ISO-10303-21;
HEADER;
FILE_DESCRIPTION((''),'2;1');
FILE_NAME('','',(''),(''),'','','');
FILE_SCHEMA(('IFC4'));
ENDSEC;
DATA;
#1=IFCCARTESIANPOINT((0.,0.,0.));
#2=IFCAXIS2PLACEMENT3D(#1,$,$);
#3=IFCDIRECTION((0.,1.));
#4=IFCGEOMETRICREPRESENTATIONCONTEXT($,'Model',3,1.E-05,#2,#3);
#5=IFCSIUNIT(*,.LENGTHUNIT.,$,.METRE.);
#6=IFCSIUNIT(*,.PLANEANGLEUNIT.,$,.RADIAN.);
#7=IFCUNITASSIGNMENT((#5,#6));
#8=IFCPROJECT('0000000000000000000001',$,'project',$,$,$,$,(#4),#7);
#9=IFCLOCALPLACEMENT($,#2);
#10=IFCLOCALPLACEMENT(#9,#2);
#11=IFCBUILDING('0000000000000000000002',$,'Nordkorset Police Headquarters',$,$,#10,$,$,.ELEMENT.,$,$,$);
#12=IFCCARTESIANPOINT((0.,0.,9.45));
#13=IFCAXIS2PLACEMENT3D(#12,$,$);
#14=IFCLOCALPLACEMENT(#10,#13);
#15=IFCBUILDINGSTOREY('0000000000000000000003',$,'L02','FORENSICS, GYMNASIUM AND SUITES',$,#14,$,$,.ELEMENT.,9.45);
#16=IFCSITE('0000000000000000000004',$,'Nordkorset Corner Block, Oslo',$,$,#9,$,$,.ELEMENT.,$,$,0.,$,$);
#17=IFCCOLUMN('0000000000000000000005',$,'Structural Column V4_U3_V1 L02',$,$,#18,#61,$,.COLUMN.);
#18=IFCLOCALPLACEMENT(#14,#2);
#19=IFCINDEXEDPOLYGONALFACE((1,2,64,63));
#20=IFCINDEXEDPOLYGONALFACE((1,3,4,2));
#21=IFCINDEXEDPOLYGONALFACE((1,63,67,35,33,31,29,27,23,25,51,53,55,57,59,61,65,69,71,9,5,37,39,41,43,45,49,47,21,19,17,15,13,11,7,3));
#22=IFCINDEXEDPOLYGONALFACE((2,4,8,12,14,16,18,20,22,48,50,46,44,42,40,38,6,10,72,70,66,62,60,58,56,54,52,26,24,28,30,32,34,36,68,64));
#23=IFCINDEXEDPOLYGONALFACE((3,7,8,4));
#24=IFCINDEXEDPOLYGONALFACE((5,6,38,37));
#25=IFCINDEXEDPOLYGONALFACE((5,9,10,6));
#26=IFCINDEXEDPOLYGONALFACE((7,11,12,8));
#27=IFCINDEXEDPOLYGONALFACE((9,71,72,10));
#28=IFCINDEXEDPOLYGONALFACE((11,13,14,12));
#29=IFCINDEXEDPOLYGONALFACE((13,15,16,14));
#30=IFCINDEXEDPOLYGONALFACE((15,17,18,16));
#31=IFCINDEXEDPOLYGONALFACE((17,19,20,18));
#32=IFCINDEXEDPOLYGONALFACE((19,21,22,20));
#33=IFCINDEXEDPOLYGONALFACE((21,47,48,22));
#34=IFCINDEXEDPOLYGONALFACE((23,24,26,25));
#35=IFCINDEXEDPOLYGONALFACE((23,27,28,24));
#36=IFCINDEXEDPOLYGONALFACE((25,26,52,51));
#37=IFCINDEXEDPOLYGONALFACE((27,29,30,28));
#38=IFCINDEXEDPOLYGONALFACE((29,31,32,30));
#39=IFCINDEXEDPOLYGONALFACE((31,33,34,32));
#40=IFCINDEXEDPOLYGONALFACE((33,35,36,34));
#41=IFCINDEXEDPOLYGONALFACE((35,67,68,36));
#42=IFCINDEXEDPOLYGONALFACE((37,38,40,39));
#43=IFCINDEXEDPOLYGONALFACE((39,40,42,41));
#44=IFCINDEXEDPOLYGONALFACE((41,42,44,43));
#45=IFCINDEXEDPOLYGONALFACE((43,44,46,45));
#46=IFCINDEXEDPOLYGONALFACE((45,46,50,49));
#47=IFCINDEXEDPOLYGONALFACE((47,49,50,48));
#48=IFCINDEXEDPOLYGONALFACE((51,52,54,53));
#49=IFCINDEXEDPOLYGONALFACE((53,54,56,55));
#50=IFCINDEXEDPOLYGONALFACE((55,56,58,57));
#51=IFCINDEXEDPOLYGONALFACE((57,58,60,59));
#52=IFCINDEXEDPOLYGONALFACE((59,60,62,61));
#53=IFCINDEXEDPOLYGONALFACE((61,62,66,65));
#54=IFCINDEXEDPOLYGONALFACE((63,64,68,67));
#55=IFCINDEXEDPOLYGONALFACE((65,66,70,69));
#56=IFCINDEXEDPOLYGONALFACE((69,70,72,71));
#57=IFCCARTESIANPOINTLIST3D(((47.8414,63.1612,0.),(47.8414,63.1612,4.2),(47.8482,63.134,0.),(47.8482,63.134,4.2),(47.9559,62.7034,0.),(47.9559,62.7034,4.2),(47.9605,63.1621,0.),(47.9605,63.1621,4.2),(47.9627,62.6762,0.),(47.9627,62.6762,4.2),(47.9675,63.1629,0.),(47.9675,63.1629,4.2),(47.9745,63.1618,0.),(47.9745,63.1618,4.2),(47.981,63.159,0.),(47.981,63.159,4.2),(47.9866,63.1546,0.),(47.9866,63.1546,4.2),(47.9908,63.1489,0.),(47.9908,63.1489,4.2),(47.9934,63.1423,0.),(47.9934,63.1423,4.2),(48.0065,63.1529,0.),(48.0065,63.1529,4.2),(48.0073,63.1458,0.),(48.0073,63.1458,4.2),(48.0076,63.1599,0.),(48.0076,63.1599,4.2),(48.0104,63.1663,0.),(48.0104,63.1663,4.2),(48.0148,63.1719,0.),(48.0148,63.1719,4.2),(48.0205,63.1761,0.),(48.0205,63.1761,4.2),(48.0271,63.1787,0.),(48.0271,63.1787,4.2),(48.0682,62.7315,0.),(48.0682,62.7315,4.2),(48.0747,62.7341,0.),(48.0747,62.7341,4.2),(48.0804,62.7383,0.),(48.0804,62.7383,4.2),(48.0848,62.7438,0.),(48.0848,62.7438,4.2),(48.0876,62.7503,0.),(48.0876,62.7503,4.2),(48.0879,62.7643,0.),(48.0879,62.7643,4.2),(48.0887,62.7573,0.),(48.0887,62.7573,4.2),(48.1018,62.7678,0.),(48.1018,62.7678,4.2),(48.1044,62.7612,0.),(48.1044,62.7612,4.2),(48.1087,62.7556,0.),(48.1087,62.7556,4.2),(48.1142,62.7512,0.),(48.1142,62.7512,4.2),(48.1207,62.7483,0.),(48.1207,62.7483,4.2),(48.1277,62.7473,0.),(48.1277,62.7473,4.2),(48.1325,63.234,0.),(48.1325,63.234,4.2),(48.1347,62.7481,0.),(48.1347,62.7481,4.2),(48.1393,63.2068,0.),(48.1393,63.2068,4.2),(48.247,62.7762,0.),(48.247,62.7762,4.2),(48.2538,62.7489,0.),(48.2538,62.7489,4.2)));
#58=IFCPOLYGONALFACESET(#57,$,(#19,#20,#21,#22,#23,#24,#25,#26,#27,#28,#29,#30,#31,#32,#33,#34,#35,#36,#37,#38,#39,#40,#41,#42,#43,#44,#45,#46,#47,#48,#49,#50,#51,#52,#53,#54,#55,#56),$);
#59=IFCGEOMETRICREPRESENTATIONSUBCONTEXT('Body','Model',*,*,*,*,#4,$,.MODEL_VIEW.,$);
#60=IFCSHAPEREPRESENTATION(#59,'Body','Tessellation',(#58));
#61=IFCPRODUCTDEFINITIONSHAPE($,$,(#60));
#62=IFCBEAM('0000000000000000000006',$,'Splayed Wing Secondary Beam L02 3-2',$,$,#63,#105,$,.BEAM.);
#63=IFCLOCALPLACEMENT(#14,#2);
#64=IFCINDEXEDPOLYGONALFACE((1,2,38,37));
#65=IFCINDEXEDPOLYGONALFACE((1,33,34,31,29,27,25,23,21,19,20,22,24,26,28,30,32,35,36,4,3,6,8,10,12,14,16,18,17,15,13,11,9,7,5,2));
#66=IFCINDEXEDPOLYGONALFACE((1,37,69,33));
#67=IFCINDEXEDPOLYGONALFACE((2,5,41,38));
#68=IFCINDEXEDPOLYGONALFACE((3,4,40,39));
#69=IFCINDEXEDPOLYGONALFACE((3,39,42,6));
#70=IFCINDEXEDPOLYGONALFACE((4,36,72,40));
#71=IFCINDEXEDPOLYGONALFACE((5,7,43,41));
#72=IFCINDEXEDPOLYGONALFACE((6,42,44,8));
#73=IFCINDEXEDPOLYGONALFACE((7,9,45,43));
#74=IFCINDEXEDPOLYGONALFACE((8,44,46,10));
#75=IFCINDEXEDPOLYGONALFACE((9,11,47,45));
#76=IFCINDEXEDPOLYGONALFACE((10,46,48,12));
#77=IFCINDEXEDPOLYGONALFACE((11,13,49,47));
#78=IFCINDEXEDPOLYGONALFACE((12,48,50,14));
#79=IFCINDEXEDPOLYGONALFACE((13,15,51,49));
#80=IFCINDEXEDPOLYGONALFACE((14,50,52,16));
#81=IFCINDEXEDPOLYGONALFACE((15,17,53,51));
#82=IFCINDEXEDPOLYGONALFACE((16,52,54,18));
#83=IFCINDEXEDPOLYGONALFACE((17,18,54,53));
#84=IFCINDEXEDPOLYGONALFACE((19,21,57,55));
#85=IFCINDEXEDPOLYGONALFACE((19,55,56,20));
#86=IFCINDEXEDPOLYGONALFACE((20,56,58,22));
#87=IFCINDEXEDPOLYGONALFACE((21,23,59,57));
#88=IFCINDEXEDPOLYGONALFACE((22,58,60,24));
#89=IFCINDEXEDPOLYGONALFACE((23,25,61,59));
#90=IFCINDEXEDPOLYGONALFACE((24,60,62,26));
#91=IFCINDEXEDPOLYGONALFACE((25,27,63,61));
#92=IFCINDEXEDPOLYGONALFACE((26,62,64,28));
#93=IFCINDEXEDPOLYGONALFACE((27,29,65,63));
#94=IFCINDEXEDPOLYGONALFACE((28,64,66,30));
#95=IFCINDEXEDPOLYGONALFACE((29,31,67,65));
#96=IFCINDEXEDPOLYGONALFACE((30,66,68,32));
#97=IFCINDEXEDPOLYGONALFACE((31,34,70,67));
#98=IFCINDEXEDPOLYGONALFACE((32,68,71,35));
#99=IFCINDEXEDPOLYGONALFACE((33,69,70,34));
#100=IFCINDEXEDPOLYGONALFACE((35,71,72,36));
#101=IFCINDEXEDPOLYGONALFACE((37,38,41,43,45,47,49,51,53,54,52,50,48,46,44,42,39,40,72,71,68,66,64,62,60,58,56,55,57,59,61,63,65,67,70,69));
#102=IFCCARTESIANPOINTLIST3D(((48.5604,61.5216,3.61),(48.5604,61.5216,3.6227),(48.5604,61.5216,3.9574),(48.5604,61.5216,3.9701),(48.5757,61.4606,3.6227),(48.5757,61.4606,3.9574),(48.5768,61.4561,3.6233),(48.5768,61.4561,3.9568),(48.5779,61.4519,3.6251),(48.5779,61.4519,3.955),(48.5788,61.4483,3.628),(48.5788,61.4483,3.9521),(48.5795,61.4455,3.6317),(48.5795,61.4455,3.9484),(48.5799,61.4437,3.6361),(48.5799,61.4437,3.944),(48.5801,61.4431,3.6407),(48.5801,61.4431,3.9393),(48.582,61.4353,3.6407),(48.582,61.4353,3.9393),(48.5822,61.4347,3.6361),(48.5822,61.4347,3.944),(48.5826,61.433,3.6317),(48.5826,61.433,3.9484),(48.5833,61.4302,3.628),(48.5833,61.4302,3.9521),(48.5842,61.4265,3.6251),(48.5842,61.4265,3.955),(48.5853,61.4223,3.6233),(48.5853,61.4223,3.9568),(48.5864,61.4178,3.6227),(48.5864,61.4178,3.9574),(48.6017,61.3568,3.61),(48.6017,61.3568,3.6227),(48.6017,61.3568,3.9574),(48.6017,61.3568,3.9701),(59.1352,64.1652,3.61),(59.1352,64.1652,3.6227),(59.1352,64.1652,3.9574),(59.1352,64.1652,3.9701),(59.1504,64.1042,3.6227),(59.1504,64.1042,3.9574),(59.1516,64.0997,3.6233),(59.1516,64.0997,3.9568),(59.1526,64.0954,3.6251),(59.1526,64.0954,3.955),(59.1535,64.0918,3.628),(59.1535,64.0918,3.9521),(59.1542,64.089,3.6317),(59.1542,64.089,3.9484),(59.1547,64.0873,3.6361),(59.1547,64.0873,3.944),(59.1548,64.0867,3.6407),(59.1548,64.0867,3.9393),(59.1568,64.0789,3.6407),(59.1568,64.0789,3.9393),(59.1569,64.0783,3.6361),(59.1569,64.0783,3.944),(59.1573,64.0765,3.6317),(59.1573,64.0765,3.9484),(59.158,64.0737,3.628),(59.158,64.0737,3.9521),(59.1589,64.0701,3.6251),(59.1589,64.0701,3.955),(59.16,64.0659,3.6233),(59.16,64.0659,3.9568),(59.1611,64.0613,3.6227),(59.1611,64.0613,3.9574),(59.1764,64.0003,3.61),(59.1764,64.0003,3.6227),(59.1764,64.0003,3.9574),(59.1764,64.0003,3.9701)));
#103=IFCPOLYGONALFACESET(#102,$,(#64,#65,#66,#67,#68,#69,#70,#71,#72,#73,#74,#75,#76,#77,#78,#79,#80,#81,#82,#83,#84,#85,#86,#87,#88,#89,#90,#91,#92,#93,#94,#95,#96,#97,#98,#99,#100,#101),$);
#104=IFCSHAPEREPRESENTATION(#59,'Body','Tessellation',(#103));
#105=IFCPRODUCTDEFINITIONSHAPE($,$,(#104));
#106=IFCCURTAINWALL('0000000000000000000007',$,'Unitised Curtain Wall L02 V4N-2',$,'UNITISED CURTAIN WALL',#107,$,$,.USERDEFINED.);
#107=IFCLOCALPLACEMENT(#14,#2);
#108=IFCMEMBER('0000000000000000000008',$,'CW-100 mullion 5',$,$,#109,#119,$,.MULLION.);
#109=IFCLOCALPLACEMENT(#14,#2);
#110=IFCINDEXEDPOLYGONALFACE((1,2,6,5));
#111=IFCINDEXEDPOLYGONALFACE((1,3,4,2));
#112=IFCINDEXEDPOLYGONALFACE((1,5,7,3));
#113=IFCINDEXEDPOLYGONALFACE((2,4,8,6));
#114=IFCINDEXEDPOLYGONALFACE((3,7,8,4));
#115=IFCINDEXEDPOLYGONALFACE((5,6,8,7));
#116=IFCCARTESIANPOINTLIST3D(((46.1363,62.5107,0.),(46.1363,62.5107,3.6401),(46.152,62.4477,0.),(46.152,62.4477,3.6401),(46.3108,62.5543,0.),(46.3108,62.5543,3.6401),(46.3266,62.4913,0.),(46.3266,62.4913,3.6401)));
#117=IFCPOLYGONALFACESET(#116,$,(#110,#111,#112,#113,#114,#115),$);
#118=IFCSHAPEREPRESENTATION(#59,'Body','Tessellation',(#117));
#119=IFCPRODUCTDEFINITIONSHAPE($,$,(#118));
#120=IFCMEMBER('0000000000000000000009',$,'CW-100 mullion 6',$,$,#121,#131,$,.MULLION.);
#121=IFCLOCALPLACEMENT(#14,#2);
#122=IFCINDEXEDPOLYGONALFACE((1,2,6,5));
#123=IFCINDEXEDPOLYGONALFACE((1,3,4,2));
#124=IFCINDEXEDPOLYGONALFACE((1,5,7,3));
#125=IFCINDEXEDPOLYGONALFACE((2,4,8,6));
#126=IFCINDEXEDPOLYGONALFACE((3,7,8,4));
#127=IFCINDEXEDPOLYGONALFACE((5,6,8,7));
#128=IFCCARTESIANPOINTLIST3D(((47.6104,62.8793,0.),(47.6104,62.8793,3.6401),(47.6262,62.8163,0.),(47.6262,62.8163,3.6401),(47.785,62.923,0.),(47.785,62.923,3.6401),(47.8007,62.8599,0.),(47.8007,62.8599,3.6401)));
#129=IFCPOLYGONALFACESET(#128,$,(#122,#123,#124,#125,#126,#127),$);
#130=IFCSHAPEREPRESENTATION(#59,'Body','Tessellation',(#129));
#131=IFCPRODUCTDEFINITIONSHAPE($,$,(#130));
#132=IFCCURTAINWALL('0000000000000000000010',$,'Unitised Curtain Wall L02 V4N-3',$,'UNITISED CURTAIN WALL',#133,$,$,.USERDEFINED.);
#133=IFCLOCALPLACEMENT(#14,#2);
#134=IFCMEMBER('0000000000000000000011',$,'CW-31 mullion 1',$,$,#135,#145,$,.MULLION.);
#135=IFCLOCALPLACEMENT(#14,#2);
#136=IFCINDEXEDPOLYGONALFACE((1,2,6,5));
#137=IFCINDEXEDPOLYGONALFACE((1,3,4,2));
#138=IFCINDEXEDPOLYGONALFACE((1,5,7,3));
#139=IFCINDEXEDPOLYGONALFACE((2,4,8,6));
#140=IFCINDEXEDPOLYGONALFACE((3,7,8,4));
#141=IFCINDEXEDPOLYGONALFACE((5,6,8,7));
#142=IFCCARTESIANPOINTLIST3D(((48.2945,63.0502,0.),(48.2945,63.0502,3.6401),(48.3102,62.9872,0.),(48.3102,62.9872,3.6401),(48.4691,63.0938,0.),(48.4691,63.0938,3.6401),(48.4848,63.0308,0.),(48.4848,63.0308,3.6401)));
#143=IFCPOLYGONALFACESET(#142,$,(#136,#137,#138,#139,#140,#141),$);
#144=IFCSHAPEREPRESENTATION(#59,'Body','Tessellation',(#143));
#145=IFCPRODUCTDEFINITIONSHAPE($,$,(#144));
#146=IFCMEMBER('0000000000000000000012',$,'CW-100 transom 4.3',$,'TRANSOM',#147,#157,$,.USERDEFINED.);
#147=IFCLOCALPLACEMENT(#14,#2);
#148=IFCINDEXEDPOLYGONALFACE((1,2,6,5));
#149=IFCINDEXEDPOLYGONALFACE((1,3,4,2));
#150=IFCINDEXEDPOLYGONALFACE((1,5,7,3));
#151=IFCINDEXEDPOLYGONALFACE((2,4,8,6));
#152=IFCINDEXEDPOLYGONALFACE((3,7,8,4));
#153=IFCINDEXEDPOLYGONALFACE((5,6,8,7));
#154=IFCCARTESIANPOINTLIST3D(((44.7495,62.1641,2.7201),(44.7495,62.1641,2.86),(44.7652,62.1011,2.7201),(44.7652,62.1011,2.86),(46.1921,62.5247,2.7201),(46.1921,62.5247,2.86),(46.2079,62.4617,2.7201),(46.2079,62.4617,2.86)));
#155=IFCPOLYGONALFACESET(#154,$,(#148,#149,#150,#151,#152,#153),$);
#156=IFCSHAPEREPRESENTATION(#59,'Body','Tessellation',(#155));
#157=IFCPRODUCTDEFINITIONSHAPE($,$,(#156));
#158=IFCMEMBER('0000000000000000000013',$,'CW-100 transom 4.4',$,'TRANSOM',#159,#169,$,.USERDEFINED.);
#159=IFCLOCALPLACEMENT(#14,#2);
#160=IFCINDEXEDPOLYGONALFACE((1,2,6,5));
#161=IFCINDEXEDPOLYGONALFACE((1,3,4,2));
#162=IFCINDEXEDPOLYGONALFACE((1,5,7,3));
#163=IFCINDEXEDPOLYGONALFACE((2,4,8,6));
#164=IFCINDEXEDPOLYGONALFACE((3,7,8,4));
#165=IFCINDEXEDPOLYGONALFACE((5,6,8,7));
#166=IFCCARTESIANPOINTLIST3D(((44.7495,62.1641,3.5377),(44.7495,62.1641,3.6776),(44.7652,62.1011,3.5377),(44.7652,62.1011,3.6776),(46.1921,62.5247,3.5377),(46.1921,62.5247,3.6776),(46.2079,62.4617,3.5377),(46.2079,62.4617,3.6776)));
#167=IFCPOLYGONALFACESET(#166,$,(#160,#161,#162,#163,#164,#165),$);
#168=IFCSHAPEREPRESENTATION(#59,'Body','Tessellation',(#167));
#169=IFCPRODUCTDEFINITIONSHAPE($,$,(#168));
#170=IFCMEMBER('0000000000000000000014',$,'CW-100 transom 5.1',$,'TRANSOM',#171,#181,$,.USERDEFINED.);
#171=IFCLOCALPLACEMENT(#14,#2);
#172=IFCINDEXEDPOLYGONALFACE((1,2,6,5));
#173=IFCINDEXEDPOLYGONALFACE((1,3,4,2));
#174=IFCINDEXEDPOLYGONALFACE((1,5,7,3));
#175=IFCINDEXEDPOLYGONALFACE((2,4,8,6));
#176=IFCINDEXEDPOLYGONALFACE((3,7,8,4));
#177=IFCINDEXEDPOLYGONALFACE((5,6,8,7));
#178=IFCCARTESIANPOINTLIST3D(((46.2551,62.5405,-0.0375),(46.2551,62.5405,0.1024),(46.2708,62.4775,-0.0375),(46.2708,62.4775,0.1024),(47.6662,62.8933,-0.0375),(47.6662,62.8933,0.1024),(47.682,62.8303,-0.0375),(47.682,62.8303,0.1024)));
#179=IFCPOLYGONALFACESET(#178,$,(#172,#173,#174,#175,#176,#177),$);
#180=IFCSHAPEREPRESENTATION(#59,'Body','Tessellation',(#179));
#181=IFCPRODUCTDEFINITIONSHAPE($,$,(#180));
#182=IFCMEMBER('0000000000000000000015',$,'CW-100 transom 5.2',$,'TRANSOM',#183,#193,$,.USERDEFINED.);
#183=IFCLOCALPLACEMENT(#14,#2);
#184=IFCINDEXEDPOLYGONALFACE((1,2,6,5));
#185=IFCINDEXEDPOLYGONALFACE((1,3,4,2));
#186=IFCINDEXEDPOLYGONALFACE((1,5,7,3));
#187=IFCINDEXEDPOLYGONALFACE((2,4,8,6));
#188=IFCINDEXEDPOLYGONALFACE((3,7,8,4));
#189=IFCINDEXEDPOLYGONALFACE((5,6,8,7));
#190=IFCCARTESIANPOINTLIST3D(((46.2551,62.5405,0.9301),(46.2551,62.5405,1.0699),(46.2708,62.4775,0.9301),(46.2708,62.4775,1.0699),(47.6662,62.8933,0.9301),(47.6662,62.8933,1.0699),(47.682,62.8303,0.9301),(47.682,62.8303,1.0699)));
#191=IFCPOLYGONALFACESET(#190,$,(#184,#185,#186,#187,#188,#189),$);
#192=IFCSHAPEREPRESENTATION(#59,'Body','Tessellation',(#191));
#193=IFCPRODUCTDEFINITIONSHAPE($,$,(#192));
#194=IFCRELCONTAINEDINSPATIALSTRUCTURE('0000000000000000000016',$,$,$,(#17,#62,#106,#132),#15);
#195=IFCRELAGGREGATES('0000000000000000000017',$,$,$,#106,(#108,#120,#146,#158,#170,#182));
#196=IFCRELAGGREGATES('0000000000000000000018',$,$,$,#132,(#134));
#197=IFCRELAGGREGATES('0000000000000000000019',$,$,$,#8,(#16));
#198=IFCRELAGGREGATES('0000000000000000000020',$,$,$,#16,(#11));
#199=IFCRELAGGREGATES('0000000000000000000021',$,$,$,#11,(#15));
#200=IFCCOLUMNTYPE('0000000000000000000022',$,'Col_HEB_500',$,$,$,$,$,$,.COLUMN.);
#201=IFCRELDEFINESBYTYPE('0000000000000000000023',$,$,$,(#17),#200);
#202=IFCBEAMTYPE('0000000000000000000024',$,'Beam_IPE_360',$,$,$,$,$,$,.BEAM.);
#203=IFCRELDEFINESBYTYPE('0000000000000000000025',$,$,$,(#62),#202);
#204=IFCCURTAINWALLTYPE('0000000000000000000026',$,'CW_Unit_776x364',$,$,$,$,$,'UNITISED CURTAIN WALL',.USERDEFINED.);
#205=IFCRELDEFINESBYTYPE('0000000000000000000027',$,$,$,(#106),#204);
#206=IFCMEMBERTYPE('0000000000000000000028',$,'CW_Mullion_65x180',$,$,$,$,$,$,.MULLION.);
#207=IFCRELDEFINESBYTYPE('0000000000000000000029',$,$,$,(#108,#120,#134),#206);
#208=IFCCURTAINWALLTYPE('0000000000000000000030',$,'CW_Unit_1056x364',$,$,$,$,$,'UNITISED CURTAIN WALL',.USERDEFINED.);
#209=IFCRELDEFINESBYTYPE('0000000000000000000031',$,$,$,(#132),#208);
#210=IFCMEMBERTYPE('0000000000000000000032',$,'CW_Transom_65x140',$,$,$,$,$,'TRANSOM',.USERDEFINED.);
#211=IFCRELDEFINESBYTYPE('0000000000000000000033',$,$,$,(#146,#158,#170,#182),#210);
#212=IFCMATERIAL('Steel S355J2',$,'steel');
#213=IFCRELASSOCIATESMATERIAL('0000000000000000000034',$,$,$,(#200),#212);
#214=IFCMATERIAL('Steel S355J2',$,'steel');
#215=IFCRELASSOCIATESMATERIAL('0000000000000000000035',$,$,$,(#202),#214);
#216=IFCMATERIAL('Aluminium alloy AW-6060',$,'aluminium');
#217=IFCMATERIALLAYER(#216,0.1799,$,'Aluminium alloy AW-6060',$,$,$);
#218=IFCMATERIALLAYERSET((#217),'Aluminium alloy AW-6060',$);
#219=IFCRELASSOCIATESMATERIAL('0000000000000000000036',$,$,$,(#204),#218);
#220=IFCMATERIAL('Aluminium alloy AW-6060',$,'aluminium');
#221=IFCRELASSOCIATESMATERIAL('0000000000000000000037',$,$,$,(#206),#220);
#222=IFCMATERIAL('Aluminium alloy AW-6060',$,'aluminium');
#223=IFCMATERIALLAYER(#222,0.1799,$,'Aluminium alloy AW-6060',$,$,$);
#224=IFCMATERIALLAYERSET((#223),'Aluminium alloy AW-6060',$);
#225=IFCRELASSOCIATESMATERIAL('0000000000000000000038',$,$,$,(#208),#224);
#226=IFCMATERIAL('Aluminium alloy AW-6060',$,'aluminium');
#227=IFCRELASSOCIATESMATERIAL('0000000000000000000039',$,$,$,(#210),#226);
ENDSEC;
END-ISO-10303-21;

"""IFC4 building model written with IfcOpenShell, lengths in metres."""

from ifc_helpers import new_model, si_unit, direction, frame, origin, origin_2d, place, context, subcontext, project, spatial, rectangle, i_section, extrude, material, layer, layer_set, material_profile, profile_set, type_object, element, aggregate, save


model = new_model("IFC4")

# Units and contexts
model_context = context("Model", 3, precision=1e-05, world=origin(), true_north=direction((0.0, 1.0)))
body_context = subcontext(model_context, "Body", "Model", "MODEL_VIEW")
ifc_project = project(units=[si_unit("LENGTHUNIT", "METRE"), si_unit("PLANEANGLEUNIT", "RADIAN")], contexts=[model_context])

# Site, building, storey
site_placement = place(None, origin())
site = spatial("IfcSite", under=ifc_project, at=site_placement, Name="Nordkorset Corner Block, Oslo", CompositionType="ELEMENT", RefElevation=0.0)
building_placement = place(site_placement, origin())
building = spatial("IfcBuilding", under=site, at=building_placement, Name="Nordkorset Police Headquarters", CompositionType="ELEMENT")
storey_placement = place(building_placement, frame((0.0, 0.0, 9.45)))
storey = spatial("IfcBuildingStorey", under=building, at=storey_placement, Name="L02", Description="FORENSICS, GYMNASIUM AND SUITES", CompositionType="ELEMENT", Elevation=9.45)

# Column
ifc_material_1 = material(Name="Steel S355J2", Category="steel")
ifc_material_profile_1 = material_profile(ifc_material_1, i_section(OverallWidth=0.3, OverallDepth=0.5, WebThickness=0.0144, FlangeThickness=0.0281, FilletRadius=0.0271, at=origin_2d()), Name="HEB 500")
ifc_profile_set_1 = profile_set([ifc_material_profile_1], Name="Steel S355J2")
column_type = type_object("IfcColumnType", Name="Col_HEB_500", PredefinedType="COLUMN", material=ifc_profile_set_1)
column_placement = place(storey_placement, frame((48.0476, 62.9551, 0.0), z_axis=(0.0, 0.0, 1.0), x_axis=(0.970143, 0.242536, 0.0)))
element("IfcColumn", 1, at=column_placement, inside=storey, type_object=column_type, Name="Structural Column V4_U3_V1 L02", PredefinedType="COLUMN", context=body_context, shape_type="SweptSolid", body=[
    extrude(i_section(OverallWidth=0.3, OverallDepth=0.5, WebThickness=0.0144, FlangeThickness=0.0281, FilletRadius=0.0271, at=origin_2d()), origin(), (0.0, 0.0, 1.0), 4.2),
])

# Beam
ifc_material_2 = material(Name="Steel S355J2", Category="steel")
ifc_material_profile_2 = material_profile(ifc_material_2, i_section(OverallWidth=0.1699, OverallDepth=0.3601, WebThickness=0.0081, FlangeThickness=0.0127, FilletRadius=0.0181, at=origin_2d()), Name="IPE 360")
ifc_profile_set_2 = profile_set([ifc_material_profile_2], Name="Steel S355J2")
beam_type_1 = type_object("IfcBeamType", Name="Beam_IPE_360", PredefinedType="BEAM", material=ifc_profile_set_2)
beam_1_placement = place(storey_placement, frame((48.5811, 61.4392, 3.79), z_axis=(0.970145, 0.242525, 0.0), x_axis=(-0.242525, 0.970145, 0.0)))
element("IfcBeam", 2, at=beam_1_placement, inside=storey, type_object=beam_type_1, Name="Splayed Wing Secondary Beam L02 3-2", PredefinedType="BEAM", context=body_context, shape_type="SweptSolid", body=[
    extrude(i_section(OverallWidth=0.1699, OverallDepth=0.3601, WebThickness=0.0081, FlangeThickness=0.0127, FilletRadius=0.0181, at=origin_2d()), origin(), (0.0, 0.0, 1.0), 10.9001),
])

# Curtain wall, members
ifc_material_3 = material(Name="Aluminium alloy AW-6060", Category="aluminium")
ifc_layer_1 = layer(ifc_material_3, 0.1799, Name="Aluminium alloy AW-6060")
ifc_layer_set_1 = layer_set([ifc_layer_1], Name="Aluminium alloy AW-6060")
curtain_wall_type_1 = type_object("IfcCurtainWallType", Name="CW_Unit_776x364", ElementType="UNITISED CURTAIN WALL", PredefinedType="USERDEFINED", material=ifc_layer_set_1)
curtain_wall_1_placement = place(storey_placement, origin())
curtain_wall_1 = element("IfcCurtainWall", 3, at=curtain_wall_1_placement, inside=storey, type_object=curtain_wall_type_1, Name="Unitised Curtain Wall L02 V4N-2", ObjectType="UNITISED CURTAIN WALL", PredefinedType="USERDEFINED")
ifc_material_4 = material(Name="Aluminium alloy AW-6060", Category="aluminium")
ifc_material_profile_3 = material_profile(ifc_material_4, rectangle(XDim=0.0649, YDim=0.1799, at=origin_2d()), Name="ALU MULL 65x180")
ifc_profile_set_3 = profile_set([ifc_material_profile_3], Name="Aluminium alloy AW-6060")
member_type_1 = type_object("IfcMemberType", Name="CW_Mullion_65x180", PredefinedType="MULLION", material=ifc_profile_set_3)
member_1_placement = place(storey_placement, frame((46.2314, 62.501, 0.0), z_axis=(0.0, 0.0, 1.0), x_axis=(-0.242536, 0.970142, 0.0)))
member_1 = element("IfcMember", 4, at=member_1_placement, type_object=member_type_1, Name="CW-100 mullion 5", PredefinedType="MULLION", context=body_context, shape_type="SweptSolid", body=[
    extrude(rectangle(XDim=0.0649, YDim=0.1799, at=origin_2d()), origin(), (0.0, 0.0, 1.0), 3.6401),
])
member_2_placement = place(storey_placement, frame((47.7056, 62.8696, 0.0), z_axis=(0.0, 0.0, 1.0), x_axis=(-0.242536, 0.970142, 0.0)))
member_2 = element("IfcMember", 5, at=member_2_placement, type_object=member_type_1, Name="CW-100 mullion 6", PredefinedType="MULLION", context=body_context, shape_type="SweptSolid", body=[
    extrude(rectangle(XDim=0.0649, YDim=0.1799, at=origin_2d()), origin(), (0.0, 0.0, 1.0), 3.6401),
])

# Curtain wall, member
ifc_material_5 = material(Name="Aluminium alloy AW-6060", Category="aluminium")
ifc_layer_2 = layer(ifc_material_5, 0.1799, Name="Aluminium alloy AW-6060")
ifc_layer_set_2 = layer_set([ifc_layer_2], Name="Aluminium alloy AW-6060")
curtain_wall_type_2 = type_object("IfcCurtainWallType", Name="CW_Unit_1056x364", ElementType="UNITISED CURTAIN WALL", PredefinedType="USERDEFINED", material=ifc_layer_set_2)
curtain_wall_2_placement = place(storey_placement, origin())
curtain_wall_2 = element("IfcCurtainWall", 6, at=curtain_wall_2_placement, inside=storey, type_object=curtain_wall_type_2, Name="Unitised Curtain Wall L02 V4N-3", ObjectType="UNITISED CURTAIN WALL", PredefinedType="USERDEFINED")
member_3_placement = place(storey_placement, frame((48.3896, 63.0405, 0.0), z_axis=(0.0, 0.0, 1.0), x_axis=(-0.242536, 0.970142, 0.0)))
member_3 = element("IfcMember", 7, at=member_3_placement, type_object=member_type_1, Name="CW-31 mullion 1", PredefinedType="MULLION", context=body_context, shape_type="SweptSolid", body=[
    extrude(rectangle(XDim=0.0649, YDim=0.1799, at=origin_2d()), origin(), (0.0, 0.0, 1.0), 3.6401),
])

# Members
ifc_material_6 = material(Name="Aluminium alloy AW-6060", Category="aluminium")
ifc_material_profile_4 = material_profile(ifc_material_6, rectangle(XDim=0.0649, YDim=0.1399, at=origin_2d()), Name="ALU TRAN 65x140")
ifc_profile_set_4 = profile_set([ifc_material_profile_4], Name="Aluminium alloy AW-6060")
member_type_2 = type_object("IfcMemberType", Name="CW_Transom_65x140", ElementType="TRANSOM", PredefinedType="USERDEFINED", material=ifc_profile_set_4)
member_4_placement = place(storey_placement, frame((44.7573, 62.1326, 2.79), z_axis=(0.970152, 0.242497, 0.0), x_axis=(-0.242497, 0.970152, 0.0)))
member_4 = element("IfcMember", 8, at=member_4_placement, type_object=member_type_2, Name="CW-100 transom 4.3", ObjectType="TRANSOM", PredefinedType="USERDEFINED", context=body_context, shape_type="SweptSolid", body=[
    extrude(rectangle(XDim=0.0649, YDim=0.1399, at=origin_2d()), origin(), (0.0, 0.0, 1.0), 1.4871),
])
member_5_placement = place(storey_placement, frame((44.7573, 62.1326, 3.6077), z_axis=(0.970152, 0.242497, 0.0), x_axis=(-0.242497, 0.970152, 0.0)))
member_5 = element("IfcMember", 9, at=member_5_placement, type_object=member_type_2, Name="CW-100 transom 4.4", ObjectType="TRANSOM", PredefinedType="USERDEFINED", context=body_context, shape_type="SweptSolid", body=[
    extrude(rectangle(XDim=0.0649, YDim=0.1399, at=origin_2d()), origin(), (0.0, 0.0, 1.0), 1.4871),
])
member_6_placement = place(storey_placement, frame((46.2629, 62.509, 0.0325), z_axis=(0.970143, 0.242536, 0.0), x_axis=(-0.242536, 0.970143, 0.0)))
member_6 = element("IfcMember", 10, at=member_6_placement, type_object=member_type_2, Name="CW-100 transom 5.1", ObjectType="TRANSOM", PredefinedType="USERDEFINED", context=body_context, shape_type="SweptSolid", body=[
    extrude(rectangle(XDim=0.0649, YDim=0.1399, at=origin_2d()), origin(), (0.0, 0.0, 1.0), 1.4546),
])
member_7_placement = place(storey_placement, frame((46.2629, 62.509, 1.0), z_axis=(0.970143, 0.242536, 0.0), x_axis=(-0.242536, 0.970143, 0.0)))
member_7 = element("IfcMember", 11, at=member_7_placement, type_object=member_type_2, Name="CW-100 transom 5.2", ObjectType="TRANSOM", PredefinedType="USERDEFINED", context=body_context, shape_type="SweptSolid", body=[
    extrude(rectangle(XDim=0.0649, YDim=0.1399, at=origin_2d()), origin(), (0.0, 0.0, 1.0), 1.4546),
])

aggregate(curtain_wall_1, [member_1, member_2, member_4, member_5, member_6, member_7])
aggregate(curtain_wall_2, [member_3])

save(model, "model.ifc")
